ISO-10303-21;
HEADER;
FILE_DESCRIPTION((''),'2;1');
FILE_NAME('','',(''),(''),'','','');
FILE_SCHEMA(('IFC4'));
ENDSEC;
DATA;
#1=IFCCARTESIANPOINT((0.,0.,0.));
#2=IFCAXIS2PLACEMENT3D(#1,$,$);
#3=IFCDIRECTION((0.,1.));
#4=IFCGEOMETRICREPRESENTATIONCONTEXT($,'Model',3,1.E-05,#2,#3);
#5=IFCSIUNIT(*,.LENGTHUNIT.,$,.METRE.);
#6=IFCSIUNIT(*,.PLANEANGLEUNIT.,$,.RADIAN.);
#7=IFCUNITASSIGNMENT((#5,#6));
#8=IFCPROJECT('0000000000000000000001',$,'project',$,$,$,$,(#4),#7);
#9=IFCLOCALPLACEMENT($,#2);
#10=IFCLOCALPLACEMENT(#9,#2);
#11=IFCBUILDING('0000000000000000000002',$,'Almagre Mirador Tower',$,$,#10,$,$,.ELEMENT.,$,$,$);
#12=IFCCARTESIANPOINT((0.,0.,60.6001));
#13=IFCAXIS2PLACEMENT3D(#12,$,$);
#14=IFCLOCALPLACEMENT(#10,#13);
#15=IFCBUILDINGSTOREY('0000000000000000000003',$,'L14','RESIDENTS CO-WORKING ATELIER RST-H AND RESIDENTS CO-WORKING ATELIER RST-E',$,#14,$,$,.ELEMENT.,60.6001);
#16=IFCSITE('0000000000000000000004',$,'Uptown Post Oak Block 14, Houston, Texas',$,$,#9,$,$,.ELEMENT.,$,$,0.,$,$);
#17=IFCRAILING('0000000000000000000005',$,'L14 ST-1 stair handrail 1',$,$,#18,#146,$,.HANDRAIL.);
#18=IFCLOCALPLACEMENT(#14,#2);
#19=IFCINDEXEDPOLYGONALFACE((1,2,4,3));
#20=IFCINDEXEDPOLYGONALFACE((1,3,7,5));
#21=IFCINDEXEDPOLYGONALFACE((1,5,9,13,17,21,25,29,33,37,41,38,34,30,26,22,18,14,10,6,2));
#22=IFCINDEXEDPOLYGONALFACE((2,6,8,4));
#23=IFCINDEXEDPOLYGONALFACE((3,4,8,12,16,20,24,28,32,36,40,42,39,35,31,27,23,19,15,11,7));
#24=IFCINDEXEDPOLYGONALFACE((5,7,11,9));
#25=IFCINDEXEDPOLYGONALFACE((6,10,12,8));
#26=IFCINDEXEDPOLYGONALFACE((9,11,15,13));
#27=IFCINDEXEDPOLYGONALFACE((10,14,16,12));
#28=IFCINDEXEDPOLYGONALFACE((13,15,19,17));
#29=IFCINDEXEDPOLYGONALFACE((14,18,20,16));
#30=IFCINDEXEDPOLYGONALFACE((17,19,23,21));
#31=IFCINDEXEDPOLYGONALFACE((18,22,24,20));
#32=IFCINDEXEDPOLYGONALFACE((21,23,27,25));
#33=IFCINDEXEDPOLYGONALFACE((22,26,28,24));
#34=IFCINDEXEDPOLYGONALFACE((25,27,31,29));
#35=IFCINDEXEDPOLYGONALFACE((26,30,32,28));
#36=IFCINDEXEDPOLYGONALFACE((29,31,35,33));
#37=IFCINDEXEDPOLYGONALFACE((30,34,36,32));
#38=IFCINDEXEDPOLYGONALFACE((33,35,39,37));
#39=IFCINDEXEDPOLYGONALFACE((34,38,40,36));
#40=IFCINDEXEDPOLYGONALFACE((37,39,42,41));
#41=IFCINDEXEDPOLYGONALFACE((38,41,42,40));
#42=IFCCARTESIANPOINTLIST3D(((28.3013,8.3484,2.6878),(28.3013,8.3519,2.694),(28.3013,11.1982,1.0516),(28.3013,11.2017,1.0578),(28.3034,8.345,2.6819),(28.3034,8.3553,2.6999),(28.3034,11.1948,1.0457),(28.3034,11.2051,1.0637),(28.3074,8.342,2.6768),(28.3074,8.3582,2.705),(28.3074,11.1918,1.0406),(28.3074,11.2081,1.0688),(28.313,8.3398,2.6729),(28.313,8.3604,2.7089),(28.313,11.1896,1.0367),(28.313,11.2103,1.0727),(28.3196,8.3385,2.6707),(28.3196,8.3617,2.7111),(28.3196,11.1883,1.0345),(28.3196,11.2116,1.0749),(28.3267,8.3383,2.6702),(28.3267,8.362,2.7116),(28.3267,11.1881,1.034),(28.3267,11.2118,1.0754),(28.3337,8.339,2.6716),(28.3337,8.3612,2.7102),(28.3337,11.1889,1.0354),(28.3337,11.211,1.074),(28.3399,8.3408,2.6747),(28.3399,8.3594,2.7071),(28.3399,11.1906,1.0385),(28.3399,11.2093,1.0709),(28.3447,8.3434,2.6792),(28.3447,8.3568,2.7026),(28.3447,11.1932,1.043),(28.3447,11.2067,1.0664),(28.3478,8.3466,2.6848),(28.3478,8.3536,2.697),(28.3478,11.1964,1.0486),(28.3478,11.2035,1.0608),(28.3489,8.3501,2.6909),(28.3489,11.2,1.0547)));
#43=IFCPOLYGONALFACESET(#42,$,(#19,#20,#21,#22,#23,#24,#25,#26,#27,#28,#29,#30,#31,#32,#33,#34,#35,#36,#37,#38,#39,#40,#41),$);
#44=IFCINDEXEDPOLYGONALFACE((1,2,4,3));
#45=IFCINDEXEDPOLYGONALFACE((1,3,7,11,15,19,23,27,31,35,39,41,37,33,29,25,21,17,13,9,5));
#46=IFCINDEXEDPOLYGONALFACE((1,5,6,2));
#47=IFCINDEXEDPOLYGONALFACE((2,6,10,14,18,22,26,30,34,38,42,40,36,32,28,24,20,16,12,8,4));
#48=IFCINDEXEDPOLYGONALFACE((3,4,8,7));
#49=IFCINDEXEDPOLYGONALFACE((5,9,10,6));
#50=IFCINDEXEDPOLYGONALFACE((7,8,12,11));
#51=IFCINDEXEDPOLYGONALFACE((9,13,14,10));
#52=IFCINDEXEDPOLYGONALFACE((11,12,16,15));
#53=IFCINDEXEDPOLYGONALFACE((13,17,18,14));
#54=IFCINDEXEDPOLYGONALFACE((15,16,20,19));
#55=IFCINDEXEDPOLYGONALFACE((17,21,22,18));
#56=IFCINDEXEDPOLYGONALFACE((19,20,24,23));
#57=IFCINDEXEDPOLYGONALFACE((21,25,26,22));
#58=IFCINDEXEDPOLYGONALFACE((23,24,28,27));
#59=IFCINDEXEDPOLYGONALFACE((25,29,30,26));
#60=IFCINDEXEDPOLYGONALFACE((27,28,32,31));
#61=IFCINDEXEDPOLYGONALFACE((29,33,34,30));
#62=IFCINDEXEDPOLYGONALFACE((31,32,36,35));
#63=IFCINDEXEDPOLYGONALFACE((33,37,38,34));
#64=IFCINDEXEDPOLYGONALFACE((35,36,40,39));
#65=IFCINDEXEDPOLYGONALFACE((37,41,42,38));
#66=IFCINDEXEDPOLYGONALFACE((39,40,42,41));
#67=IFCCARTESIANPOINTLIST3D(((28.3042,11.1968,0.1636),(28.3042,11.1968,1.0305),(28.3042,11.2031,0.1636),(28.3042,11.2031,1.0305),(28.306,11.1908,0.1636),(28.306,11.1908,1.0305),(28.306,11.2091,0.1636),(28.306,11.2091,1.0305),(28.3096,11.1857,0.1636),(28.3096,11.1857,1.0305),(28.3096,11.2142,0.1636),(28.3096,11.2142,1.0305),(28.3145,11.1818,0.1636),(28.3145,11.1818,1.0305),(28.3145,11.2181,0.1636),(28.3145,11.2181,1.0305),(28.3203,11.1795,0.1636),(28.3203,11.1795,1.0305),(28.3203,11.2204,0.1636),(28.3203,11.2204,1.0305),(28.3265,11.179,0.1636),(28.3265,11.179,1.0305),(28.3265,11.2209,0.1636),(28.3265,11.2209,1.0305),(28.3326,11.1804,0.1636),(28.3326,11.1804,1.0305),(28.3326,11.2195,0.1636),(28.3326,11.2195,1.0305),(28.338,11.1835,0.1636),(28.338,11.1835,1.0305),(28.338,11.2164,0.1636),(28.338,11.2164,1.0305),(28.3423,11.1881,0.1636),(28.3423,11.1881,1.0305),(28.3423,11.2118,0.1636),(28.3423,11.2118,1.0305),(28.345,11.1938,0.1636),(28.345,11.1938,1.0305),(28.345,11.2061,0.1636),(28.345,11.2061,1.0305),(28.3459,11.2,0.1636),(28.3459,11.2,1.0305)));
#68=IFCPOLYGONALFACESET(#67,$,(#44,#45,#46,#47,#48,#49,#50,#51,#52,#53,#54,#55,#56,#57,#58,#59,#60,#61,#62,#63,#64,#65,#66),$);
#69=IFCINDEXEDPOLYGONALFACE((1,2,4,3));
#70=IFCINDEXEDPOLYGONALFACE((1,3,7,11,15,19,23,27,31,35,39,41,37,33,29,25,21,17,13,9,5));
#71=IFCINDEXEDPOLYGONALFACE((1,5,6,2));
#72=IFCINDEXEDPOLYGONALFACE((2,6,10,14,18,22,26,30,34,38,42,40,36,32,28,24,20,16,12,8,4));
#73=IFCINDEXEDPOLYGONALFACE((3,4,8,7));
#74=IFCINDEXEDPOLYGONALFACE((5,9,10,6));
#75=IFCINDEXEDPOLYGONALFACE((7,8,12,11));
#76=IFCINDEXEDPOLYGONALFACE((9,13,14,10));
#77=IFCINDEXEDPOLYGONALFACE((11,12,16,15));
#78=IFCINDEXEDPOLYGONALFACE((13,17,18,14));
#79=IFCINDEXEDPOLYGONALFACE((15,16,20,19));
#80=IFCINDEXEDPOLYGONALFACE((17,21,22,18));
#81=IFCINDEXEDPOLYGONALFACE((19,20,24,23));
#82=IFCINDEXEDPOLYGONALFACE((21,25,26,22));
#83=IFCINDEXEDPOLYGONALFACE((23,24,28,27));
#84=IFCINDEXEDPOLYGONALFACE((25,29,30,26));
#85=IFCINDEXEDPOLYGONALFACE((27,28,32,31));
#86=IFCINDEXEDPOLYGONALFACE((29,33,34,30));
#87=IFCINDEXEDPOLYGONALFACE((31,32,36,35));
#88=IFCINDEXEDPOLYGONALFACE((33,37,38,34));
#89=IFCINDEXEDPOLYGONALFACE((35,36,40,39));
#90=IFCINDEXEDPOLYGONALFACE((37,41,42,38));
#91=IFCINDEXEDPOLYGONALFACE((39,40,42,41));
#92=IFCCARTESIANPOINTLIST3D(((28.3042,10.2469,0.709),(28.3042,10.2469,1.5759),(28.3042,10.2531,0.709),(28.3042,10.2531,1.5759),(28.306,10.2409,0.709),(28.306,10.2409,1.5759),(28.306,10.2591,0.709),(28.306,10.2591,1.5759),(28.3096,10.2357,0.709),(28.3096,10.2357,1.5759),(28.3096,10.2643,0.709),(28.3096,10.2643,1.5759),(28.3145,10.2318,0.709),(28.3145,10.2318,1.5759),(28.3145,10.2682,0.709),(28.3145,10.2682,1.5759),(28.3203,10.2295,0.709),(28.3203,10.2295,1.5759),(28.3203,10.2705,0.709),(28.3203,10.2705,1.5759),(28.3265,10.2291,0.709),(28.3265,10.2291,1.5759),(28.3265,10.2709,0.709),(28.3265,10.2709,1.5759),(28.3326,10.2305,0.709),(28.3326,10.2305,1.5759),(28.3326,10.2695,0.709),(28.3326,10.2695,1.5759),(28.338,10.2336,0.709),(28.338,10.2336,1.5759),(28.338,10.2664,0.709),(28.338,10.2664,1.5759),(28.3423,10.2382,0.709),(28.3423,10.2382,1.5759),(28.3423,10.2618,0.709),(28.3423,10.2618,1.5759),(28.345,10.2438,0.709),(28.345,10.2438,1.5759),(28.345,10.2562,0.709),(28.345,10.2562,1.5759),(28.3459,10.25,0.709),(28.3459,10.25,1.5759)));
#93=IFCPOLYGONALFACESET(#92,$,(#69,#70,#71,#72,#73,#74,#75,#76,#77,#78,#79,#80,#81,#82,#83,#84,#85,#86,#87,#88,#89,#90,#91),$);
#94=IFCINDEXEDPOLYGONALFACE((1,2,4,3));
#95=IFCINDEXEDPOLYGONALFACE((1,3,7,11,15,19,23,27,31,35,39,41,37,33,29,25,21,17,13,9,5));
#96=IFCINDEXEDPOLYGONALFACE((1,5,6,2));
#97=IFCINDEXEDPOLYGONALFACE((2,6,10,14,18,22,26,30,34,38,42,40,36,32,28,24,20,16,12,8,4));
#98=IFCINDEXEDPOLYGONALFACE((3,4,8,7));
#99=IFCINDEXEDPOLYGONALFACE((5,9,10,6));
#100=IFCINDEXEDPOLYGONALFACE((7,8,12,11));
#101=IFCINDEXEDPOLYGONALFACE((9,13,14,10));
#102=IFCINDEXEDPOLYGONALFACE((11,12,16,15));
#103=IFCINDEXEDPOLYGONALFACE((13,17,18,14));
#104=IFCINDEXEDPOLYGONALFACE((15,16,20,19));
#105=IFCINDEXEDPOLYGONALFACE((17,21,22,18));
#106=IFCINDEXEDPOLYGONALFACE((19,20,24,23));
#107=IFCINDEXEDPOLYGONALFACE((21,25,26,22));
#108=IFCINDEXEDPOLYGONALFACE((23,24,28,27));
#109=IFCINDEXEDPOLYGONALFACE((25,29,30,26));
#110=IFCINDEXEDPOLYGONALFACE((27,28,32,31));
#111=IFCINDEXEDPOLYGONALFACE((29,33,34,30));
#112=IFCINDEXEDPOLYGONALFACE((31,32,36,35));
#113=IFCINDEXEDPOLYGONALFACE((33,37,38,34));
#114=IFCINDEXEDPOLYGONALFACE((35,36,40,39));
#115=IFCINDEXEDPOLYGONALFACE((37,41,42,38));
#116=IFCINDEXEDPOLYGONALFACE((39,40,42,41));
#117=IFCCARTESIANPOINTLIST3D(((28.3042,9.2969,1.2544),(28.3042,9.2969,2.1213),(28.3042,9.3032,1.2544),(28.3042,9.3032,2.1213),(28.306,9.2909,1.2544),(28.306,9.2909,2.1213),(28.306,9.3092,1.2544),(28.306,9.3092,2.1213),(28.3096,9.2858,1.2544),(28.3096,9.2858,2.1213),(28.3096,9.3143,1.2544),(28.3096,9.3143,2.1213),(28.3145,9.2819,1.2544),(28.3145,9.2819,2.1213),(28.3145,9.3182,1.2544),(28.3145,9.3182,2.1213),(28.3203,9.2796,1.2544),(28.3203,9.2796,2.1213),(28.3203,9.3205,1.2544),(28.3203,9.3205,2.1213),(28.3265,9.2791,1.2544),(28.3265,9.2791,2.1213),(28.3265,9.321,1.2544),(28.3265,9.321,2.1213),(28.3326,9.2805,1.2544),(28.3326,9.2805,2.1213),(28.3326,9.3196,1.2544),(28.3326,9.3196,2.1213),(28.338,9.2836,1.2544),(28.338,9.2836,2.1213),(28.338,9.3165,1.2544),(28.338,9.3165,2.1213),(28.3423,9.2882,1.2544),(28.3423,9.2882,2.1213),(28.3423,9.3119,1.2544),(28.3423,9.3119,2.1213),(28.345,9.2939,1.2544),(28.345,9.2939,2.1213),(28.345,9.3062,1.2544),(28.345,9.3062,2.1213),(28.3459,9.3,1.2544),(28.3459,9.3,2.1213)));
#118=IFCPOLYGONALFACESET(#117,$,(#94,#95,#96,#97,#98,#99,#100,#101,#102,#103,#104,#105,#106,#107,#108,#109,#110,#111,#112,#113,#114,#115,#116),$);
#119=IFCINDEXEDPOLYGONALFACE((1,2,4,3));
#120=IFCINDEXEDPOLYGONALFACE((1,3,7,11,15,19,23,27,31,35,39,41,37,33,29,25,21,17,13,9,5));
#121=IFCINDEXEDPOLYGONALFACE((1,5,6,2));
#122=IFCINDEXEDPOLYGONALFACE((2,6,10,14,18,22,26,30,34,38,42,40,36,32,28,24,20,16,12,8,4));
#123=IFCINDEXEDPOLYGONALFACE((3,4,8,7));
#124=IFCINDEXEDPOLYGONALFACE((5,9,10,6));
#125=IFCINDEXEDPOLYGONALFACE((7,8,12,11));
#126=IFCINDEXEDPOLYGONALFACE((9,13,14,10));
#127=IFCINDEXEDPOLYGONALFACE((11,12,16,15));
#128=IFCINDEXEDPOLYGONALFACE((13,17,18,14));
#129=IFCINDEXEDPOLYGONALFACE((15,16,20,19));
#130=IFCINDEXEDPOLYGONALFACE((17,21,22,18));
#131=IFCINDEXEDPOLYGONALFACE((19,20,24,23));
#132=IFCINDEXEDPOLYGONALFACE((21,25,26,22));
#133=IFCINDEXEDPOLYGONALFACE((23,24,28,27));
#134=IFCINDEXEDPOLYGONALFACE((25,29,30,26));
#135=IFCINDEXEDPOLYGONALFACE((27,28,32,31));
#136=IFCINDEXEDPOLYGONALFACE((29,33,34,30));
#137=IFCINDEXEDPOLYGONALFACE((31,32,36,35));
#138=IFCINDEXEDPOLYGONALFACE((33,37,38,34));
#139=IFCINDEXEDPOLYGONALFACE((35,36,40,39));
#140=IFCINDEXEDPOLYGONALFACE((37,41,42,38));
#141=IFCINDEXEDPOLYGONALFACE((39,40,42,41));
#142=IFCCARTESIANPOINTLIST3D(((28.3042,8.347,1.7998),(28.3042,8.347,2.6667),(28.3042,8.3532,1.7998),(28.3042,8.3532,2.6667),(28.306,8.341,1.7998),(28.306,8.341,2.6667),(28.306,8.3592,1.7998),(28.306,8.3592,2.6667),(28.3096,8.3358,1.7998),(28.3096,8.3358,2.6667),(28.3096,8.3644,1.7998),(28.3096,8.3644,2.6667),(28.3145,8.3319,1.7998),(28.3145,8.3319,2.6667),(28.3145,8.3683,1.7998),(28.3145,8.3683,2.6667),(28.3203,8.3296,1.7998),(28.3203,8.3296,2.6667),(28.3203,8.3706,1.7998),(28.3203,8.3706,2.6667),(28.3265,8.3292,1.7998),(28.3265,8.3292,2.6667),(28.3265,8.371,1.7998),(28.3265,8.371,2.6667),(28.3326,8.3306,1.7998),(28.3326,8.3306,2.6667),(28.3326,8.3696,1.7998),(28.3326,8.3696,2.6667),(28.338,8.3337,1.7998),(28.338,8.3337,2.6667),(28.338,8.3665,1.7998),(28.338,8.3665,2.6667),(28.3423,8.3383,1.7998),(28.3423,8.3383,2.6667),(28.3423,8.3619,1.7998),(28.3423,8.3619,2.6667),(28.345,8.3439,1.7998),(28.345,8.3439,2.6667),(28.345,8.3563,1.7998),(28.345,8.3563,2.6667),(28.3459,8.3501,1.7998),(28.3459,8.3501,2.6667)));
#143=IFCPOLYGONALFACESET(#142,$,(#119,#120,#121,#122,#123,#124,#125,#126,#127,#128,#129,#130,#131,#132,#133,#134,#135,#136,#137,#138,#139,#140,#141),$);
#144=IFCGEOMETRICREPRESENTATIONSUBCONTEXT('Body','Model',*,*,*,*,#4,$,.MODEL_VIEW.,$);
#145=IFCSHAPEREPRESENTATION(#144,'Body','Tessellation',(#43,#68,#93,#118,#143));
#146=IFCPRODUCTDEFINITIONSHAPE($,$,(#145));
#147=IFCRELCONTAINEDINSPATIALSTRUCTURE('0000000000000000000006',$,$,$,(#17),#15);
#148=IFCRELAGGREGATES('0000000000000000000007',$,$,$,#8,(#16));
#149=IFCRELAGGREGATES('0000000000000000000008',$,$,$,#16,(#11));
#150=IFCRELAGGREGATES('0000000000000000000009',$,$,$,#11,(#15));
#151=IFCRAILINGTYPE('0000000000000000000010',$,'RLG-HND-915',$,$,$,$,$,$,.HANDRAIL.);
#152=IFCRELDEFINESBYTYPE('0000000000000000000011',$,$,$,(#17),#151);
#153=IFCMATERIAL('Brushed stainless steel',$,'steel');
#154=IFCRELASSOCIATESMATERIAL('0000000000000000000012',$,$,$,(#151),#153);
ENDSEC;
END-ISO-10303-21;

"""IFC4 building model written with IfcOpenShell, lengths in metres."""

from ifc_helpers import new_model, si_unit, direction, frame, origin, origin_2d, place, context, subcontext, project, spatial, circle, extrude, material, type_object, element, save


model = new_model("IFC4")

# Units and contexts
model_context = context("Model", 3, precision=1e-05, world=origin(), true_north=direction((0.0, 1.0)))
body_context = subcontext(model_context, "Body", "Model", "MODEL_VIEW")
ifc_project = project(units=[si_unit("LENGTHUNIT", "METRE"), si_unit("PLANEANGLEUNIT", "RADIAN")], contexts=[model_context])

# Site, building, storey
site_placement = place(None, origin())
site = spatial("IfcSite", under=ifc_project, at=site_placement, Name="Uptown Post Oak Block 14, Houston, Texas", CompositionType="ELEMENT", RefElevation=0.0)
building_placement = place(site_placement, origin())
building = spatial("IfcBuilding", under=site, at=building_placement, Name="Almagre Mirador Tower", CompositionType="ELEMENT")
storey_placement = place(building_placement, frame((0.0, 0.0, 60.6001)))
storey = spatial("IfcBuildingStorey", under=building, at=storey_placement, Name="L14", Description="RESIDENTS CO-WORKING ATELIER RST-H AND RESIDENTS CO-WORKING ATELIER RST-E", CompositionType="ELEMENT", Elevation=60.6001)

# Railing
ifc_material_1 = material(Name="Brushed stainless steel", Category="steel")
railing_type_1 = type_object("IfcRailingType", Name="RLG-HND-915", PredefinedType="HANDRAIL", material=ifc_material_1)
railing_1_placement = place(storey_placement, frame((28.325, 11.2, 0.1636)))
element("IfcRailing", 1, at=railing_1_placement, inside=storey, type_object=railing_type_1, Name="L14 ST-1 stair handrail 1", PredefinedType="HANDRAIL", context=body_context, shape_type="SweptSolid", body=[
    extrude(circle(Radius=0.0239, at=origin_2d()), frame((0.0, 0.0, 0.8911), z_axis=(0.0, -0.867226, 0.497914), x_axis=(1.0, 0.0, 0.0)), (0.0, 0.0, 1.0), 3.2861),
    extrude(circle(Radius=0.021, at=origin_2d()), origin(), (0.0, 0.0, 1.0), 0.8669),
    extrude(circle(Radius=0.021, at=origin_2d()), frame((0.0, -0.95, 0.5454)), (0.0, 0.0, 1.0), 0.8669),
    extrude(circle(Radius=0.021, at=origin_2d()), frame((0.0, -1.8999, 1.0908)), (0.0, 0.0, 1.0), 0.8669),
    extrude(circle(Radius=0.021, at=origin_2d()), frame((0.0, -2.8499, 1.6362)), (0.0, 0.0, 1.0), 0.8669),
])

save(model, "model.ifc")
